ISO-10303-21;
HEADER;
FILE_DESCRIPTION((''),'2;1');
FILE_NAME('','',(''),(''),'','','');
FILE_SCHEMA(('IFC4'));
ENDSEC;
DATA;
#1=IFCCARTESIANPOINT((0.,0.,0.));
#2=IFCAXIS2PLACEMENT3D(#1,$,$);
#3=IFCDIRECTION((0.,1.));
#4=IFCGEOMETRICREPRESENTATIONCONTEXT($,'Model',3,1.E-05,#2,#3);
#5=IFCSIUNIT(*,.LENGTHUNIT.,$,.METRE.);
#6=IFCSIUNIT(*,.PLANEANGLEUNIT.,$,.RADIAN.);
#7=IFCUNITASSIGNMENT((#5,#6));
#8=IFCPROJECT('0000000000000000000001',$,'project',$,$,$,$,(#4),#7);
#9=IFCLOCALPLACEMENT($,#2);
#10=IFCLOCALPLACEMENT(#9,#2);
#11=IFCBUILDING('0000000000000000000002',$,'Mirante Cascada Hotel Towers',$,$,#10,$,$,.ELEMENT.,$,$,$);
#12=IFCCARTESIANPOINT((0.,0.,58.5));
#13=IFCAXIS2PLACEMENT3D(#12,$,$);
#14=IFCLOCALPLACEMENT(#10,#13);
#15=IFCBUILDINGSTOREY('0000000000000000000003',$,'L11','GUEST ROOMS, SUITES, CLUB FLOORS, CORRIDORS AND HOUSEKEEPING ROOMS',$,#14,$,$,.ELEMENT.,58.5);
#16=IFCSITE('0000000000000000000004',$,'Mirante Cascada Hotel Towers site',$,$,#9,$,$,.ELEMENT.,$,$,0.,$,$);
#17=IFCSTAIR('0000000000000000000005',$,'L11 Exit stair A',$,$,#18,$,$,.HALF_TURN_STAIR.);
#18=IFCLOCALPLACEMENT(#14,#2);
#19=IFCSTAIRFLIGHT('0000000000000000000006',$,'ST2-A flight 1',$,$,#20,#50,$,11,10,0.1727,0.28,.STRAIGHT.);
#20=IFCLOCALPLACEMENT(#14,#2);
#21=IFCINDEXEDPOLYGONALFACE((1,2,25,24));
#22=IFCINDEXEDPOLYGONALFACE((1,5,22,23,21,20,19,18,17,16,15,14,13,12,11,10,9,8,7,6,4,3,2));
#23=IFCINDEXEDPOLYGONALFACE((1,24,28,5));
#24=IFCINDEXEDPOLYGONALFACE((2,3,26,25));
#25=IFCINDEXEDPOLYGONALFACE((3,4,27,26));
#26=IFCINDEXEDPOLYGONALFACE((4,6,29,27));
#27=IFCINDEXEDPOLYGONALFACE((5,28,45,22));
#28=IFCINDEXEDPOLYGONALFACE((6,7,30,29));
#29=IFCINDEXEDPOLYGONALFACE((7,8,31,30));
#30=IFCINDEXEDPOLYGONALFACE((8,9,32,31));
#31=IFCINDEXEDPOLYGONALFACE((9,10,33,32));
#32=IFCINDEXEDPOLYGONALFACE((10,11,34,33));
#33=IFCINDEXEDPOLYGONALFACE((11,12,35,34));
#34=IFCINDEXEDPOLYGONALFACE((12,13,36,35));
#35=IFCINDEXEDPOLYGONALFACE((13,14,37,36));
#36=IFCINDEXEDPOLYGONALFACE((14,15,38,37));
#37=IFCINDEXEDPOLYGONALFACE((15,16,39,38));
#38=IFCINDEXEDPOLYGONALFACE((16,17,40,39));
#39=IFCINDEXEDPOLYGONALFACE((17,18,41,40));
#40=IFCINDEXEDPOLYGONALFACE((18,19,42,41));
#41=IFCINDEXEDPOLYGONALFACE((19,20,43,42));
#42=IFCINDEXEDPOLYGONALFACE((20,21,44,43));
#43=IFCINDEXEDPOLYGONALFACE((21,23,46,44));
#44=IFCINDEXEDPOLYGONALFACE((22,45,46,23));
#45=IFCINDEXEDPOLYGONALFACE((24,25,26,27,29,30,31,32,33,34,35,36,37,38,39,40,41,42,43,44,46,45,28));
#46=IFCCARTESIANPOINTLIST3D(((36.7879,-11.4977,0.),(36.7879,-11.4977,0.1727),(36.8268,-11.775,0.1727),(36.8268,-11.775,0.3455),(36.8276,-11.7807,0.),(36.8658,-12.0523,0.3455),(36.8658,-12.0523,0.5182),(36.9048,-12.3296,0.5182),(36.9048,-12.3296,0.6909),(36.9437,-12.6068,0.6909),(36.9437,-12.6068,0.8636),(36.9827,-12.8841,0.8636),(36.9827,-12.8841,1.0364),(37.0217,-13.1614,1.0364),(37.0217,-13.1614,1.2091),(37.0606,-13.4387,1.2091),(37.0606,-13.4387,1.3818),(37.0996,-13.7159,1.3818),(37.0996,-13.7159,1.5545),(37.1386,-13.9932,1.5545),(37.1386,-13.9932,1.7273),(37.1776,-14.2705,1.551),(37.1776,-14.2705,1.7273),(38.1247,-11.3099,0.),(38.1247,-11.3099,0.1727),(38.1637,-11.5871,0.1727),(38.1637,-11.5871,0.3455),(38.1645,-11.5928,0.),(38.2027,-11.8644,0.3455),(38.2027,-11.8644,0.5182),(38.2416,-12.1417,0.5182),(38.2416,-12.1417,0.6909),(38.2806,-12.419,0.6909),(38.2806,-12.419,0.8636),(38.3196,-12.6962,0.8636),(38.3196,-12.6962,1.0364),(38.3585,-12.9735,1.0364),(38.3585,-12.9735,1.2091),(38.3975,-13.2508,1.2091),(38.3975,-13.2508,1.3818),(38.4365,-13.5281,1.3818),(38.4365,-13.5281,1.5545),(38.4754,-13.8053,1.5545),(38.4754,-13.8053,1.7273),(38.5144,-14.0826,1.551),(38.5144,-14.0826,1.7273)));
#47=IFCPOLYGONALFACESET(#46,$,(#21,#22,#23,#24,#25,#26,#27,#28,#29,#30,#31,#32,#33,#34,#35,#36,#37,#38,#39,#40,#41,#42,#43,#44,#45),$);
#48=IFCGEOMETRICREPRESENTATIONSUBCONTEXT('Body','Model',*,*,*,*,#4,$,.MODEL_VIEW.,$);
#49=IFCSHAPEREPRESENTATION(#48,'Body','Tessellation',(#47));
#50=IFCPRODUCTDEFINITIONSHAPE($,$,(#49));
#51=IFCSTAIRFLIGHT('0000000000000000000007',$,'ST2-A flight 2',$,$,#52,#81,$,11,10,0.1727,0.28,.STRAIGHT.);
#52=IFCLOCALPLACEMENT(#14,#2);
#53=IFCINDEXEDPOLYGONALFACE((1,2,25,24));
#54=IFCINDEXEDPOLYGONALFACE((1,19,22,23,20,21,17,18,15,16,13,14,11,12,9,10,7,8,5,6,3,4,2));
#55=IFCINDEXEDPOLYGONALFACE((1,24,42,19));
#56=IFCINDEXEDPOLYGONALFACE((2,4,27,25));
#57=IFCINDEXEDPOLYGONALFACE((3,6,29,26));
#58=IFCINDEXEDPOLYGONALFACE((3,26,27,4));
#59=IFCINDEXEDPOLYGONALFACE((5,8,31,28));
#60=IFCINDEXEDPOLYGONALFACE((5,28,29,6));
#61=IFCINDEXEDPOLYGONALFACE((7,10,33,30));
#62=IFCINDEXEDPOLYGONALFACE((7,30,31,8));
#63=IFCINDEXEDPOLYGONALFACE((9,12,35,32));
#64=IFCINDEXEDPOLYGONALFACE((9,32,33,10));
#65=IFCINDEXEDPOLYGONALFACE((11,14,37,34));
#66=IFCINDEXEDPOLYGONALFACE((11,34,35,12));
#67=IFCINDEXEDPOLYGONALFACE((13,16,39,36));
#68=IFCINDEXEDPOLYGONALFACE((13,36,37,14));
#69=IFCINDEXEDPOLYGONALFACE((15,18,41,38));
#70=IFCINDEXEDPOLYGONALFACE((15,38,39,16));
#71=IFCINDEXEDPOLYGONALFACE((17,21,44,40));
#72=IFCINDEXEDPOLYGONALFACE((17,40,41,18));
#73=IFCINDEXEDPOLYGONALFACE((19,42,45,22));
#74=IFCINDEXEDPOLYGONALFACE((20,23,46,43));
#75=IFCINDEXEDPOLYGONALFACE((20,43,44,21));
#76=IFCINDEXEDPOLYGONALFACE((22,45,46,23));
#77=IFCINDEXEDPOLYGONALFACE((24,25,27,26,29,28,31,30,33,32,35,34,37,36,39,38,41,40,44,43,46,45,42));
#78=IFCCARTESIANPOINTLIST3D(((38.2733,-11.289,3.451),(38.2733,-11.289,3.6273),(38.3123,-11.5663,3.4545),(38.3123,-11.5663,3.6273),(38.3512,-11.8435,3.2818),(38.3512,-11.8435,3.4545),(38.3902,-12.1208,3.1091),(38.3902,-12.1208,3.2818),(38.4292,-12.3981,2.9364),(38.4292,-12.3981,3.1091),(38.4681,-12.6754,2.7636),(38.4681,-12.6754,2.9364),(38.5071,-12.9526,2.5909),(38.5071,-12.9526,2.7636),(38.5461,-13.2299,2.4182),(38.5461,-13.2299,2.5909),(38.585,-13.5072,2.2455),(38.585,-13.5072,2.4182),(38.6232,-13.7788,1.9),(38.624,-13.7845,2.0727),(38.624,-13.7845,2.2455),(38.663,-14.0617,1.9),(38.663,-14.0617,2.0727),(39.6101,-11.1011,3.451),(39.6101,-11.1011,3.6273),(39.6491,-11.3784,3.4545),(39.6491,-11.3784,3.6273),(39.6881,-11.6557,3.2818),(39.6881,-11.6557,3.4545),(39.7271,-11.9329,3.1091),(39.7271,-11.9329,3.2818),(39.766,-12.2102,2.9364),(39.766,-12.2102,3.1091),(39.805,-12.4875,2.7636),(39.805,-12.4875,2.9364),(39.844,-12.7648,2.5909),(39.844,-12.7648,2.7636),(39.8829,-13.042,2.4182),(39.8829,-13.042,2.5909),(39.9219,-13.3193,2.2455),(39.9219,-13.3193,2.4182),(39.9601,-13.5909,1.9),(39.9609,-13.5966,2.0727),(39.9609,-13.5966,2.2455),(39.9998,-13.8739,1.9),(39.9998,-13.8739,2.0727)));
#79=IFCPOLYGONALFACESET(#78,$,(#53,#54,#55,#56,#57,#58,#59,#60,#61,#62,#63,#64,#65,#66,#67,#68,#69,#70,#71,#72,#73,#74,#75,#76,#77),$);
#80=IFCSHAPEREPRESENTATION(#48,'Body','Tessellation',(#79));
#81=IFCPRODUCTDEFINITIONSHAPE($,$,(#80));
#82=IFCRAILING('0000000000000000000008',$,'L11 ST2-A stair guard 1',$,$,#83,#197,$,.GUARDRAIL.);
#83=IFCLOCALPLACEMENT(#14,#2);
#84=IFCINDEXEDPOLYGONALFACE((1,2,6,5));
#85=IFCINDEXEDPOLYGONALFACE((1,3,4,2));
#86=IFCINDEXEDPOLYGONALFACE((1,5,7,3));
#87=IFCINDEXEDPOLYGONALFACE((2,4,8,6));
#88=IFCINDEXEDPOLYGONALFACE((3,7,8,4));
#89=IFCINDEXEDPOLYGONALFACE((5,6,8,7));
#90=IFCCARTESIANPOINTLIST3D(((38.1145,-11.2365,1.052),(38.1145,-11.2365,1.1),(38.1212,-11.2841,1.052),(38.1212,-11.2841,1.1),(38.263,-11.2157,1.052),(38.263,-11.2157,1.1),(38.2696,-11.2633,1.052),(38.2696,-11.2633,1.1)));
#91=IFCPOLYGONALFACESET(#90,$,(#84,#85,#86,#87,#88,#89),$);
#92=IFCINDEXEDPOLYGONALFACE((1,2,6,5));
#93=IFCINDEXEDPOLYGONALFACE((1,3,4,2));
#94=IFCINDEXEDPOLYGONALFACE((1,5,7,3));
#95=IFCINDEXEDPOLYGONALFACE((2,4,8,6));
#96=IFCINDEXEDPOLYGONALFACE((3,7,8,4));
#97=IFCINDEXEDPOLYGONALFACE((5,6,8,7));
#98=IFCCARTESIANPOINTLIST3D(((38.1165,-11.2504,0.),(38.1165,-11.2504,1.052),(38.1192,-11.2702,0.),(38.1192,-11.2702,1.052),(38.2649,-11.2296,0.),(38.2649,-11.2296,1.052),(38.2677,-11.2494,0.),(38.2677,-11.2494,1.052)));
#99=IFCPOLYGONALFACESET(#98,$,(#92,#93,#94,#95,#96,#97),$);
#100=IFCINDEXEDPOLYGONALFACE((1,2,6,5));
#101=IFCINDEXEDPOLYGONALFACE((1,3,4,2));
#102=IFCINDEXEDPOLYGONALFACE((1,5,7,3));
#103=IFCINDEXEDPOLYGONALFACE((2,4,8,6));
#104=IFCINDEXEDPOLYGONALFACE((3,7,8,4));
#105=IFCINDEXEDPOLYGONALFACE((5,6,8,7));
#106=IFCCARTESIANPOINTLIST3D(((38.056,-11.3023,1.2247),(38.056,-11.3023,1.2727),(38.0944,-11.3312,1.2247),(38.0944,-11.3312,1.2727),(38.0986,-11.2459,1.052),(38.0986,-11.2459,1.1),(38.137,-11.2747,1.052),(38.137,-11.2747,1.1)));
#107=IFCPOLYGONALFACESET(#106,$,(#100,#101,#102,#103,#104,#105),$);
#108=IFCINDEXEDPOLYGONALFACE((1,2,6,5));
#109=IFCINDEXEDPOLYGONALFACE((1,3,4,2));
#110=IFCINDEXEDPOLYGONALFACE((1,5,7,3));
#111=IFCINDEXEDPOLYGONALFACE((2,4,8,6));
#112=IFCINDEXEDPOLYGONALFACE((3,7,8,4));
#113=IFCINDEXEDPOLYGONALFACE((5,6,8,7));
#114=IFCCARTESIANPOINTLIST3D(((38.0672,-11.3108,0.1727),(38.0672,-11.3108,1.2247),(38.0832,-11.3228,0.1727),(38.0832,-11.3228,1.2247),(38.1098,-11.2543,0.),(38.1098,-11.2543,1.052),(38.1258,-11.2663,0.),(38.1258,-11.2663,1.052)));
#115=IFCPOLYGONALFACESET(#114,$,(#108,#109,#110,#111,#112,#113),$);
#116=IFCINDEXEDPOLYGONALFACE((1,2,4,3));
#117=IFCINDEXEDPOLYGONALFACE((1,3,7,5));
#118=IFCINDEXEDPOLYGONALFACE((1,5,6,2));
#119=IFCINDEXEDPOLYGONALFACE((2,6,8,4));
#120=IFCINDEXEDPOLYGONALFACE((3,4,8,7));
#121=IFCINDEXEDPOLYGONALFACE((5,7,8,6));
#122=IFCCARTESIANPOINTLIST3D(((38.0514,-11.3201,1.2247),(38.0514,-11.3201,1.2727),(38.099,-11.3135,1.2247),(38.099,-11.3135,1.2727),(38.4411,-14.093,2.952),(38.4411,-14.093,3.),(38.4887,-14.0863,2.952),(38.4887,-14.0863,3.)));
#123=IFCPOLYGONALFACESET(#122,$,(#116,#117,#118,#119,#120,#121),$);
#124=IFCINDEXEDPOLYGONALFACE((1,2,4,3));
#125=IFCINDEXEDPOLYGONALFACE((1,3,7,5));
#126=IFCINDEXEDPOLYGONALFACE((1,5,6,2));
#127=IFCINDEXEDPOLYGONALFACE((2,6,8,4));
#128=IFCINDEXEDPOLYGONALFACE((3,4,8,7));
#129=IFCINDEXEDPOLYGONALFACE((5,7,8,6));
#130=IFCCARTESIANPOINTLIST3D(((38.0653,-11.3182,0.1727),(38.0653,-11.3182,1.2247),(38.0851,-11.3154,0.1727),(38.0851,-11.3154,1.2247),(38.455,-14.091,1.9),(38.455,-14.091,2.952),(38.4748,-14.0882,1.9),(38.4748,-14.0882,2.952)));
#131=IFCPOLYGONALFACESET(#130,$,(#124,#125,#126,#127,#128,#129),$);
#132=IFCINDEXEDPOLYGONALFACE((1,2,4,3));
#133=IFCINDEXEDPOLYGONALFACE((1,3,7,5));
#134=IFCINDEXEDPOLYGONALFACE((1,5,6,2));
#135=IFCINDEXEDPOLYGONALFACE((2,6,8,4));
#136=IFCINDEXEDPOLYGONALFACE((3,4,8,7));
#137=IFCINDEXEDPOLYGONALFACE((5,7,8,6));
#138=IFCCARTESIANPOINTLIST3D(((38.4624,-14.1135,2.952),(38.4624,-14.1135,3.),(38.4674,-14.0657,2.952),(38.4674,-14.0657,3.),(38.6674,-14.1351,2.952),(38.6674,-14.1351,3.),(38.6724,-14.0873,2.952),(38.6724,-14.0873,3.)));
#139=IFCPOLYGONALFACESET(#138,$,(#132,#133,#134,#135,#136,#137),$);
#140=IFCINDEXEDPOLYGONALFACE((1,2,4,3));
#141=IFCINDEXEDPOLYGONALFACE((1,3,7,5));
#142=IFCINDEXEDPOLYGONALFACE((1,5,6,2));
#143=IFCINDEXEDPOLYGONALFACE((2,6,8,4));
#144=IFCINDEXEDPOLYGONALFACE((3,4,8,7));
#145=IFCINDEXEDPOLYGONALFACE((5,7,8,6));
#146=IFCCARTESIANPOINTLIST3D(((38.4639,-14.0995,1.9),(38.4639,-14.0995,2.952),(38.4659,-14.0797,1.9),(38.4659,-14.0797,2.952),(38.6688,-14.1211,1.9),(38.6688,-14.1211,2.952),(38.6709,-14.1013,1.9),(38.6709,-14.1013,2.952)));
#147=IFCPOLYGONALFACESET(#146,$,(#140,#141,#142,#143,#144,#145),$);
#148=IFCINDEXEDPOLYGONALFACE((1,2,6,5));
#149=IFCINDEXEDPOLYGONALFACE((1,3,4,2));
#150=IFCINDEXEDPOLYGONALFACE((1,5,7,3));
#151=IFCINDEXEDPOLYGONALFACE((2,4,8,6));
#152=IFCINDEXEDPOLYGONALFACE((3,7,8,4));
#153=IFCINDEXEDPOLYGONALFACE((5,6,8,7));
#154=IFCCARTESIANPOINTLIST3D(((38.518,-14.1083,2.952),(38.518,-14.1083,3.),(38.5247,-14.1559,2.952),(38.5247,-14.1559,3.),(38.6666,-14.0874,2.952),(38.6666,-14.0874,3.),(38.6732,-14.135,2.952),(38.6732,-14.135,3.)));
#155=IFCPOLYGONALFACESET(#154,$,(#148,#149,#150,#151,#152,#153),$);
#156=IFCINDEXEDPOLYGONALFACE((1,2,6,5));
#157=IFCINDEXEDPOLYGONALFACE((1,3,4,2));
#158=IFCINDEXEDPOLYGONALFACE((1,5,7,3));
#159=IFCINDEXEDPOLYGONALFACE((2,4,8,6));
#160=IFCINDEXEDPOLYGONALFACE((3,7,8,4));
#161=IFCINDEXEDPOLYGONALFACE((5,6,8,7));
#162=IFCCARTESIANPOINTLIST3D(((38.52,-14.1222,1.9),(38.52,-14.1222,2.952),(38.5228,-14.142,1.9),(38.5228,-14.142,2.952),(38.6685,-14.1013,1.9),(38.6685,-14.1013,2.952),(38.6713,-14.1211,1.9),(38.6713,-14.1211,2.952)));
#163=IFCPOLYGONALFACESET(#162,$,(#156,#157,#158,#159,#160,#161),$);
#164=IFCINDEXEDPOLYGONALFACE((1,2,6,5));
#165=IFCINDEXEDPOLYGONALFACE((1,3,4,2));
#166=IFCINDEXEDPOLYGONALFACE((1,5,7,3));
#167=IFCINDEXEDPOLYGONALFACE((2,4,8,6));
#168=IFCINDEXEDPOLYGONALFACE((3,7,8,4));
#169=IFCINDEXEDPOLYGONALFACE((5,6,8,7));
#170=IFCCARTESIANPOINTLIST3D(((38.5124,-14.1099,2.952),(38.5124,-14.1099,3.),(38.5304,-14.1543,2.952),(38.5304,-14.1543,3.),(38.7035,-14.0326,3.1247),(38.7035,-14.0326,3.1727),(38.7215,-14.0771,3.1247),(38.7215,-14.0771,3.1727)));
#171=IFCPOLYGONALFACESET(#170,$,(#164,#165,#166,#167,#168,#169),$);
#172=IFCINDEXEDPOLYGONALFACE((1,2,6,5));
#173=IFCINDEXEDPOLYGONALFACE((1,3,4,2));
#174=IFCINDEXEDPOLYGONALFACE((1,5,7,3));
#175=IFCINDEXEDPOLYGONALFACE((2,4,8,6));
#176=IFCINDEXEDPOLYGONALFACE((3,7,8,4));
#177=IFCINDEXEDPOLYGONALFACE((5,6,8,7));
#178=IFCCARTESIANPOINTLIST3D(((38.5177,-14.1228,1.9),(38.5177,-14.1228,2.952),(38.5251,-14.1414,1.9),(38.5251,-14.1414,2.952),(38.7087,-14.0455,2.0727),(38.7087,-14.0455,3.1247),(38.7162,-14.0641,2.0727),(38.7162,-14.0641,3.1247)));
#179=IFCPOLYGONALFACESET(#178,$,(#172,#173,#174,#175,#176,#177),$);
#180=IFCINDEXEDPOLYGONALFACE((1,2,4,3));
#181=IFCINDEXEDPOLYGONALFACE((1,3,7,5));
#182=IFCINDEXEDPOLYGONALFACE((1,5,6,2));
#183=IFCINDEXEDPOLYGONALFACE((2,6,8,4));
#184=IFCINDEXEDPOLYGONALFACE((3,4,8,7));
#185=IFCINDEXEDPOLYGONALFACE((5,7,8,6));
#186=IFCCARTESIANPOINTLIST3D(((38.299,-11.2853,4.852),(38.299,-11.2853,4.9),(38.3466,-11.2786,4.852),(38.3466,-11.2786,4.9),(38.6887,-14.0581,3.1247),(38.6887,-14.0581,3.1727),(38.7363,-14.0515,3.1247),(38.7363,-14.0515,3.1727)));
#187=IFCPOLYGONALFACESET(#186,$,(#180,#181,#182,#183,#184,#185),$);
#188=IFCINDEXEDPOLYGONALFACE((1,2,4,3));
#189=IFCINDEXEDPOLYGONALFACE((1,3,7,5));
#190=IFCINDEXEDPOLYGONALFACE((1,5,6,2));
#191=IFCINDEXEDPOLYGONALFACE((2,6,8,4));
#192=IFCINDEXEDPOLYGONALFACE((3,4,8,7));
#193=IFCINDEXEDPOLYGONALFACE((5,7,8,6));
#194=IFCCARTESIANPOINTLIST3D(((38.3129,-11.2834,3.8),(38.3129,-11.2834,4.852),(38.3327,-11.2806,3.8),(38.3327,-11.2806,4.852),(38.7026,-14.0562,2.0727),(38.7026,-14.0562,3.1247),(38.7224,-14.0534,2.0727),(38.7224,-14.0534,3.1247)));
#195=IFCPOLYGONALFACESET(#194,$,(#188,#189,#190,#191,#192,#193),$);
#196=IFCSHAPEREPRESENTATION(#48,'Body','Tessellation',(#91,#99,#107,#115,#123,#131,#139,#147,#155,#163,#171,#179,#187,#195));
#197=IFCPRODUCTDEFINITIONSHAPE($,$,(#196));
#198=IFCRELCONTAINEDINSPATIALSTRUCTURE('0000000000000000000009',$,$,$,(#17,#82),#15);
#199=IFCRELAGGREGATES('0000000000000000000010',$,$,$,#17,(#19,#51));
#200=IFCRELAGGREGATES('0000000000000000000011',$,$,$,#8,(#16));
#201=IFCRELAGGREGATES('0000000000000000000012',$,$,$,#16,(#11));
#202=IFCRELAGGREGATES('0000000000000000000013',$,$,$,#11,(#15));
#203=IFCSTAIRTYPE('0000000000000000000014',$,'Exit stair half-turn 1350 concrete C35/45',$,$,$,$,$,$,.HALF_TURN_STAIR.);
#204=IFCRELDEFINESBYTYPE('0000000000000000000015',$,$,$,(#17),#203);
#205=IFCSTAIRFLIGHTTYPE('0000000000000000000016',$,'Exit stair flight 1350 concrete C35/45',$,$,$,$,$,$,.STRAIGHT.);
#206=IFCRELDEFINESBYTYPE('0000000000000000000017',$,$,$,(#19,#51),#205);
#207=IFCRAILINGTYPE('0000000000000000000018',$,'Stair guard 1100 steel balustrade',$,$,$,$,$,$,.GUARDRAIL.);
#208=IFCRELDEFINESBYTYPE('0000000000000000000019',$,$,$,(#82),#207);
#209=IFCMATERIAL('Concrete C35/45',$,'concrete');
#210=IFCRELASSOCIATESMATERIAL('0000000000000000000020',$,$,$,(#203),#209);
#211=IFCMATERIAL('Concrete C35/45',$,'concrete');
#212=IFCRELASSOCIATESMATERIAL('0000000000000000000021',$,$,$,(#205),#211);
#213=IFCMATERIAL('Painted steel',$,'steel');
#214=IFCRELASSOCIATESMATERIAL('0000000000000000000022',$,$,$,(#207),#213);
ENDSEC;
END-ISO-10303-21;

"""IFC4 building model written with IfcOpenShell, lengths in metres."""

from ifc_helpers import new_model, si_unit, direction, frame, origin, origin_2d, place, context, subcontext, project, spatial, polyline, rectangle, outline, extrude, material, type_object, element, aggregate, save


model = new_model("IFC4")

# Units and contexts
model_context = context("Model", 3, precision=1e-05, world=origin(), true_north=direction((0.0, 1.0)))
body_context = subcontext(model_context, "Body", "Model", "MODEL_VIEW")
ifc_project = project(units=[si_unit("LENGTHUNIT", "METRE"), si_unit("PLANEANGLEUNIT", "RADIAN")], contexts=[model_context])

# Site, building, storey
site_placement = place(None, origin())
site = spatial("IfcSite", under=ifc_project, at=site_placement, Name="Mirante Cascada Hotel Towers site", CompositionType="ELEMENT", RefElevation=0.0)
building_placement = place(site_placement, origin())
building = spatial("IfcBuilding", under=site, at=building_placement, Name="Mirante Cascada Hotel Towers", CompositionType="ELEMENT")
storey_placement = place(building_placement, frame((0.0, 0.0, 58.5)))
storey = spatial("IfcBuildingStorey", under=building, at=storey_placement, Name="L11", Description="GUEST ROOMS, SUITES, CLUB FLOORS, CORRIDORS AND HOUSEKEEPING ROOMS", CompositionType="ELEMENT", Elevation=58.5)

# Stair, stair flights
ifc_material_1 = material(Name="Concrete C35/45", Category="concrete")
stair_type = type_object("IfcStairType", Name="Exit stair half-turn 1350 concrete C35/45", PredefinedType="HALF_TURN_STAIR", material=ifc_material_1)
stair_placement = place(storey_placement, origin())
stair = element("IfcStair", 1, at=stair_placement, inside=storey, type_object=stair_type, Name="L11 Exit stair A", PredefinedType="HALF_TURN_STAIR")
ifc_material_2 = material(Name="Concrete C35/45", Category="concrete")
stair_flight_type = type_object("IfcStairFlightType", Name="Exit stair flight 1350 concrete C35/45", PredefinedType="STRAIGHT", material=ifc_material_2)
stair_flight_1_placement = place(storey_placement, frame((37.4563, -11.4038, 0.0), z_axis=(0.0, 0.0, 1.0), x_axis=(0.139173, -0.990268, 0.0)))
stair_flight_1 = element("IfcStairFlight", 2, at=stair_flight_1_placement, type_object=stair_flight_type, Name="ST2-A flight 1", NumberOfRisers=11, NumberOfTreads=10, PredefinedType="STRAIGHT", RiserHeight=0.1727, TreadLength=0.28, context=body_context, shape_type="SweptSolid", body=[
    extrude(outline(polyline([(0.0, 0.0), (0.0, 0.1727), (0.28, 0.1727), (0.28, 0.3455), (0.56, 0.3455), (0.56, 0.5182), (0.84, 0.5182), (0.84, 0.6909), (1.12, 0.6909), (1.12, 0.8636), (1.4, 0.8636), (1.4, 1.0364), (1.68, 1.0364), (1.68, 1.2091), (1.96, 1.2091), (1.96, 1.3818), (2.24, 1.3818), (2.24, 1.5545), (2.52, 1.5545), (2.52, 1.7273), (2.8, 1.7273), (2.8, 1.9), (2.8, 1.551), (0.2857, 0.0), (0.0, 0.0)])), frame((0.0, 0.675, 0.0), z_axis=(0.0, -1.0, 0.0), x_axis=(1.0, 0.0, 0.0)), (0.0, 0.0, 1.0), 1.35),
])
stair_flight_2_placement = place(storey_placement, frame((39.3314, -13.9678, 1.9), z_axis=(0.0, 0.0, 1.0), x_axis=(-0.139173, 0.990268, 0.0)))
stair_flight_2 = element("IfcStairFlight", 3, at=stair_flight_2_placement, type_object=stair_flight_type, Name="ST2-A flight 2", NumberOfRisers=11, NumberOfTreads=10, PredefinedType="STRAIGHT", RiserHeight=0.1727, TreadLength=0.28, context=body_context, shape_type="SweptSolid", body=[
    extrude(outline(polyline([(0.0, 0.0), (0.0, 0.1727), (0.28, 0.1727), (0.28, 0.3455), (0.56, 0.3455), (0.56, 0.5182), (0.84, 0.5182), (0.84, 0.6909), (1.12, 0.6909), (1.12, 0.8636), (1.4, 0.8636), (1.4, 1.0364), (1.68, 1.0364), (1.68, 1.2091), (1.96, 1.2091), (1.96, 1.3818), (2.24, 1.3818), (2.24, 1.5545), (2.52, 1.5545), (2.52, 1.7273), (2.8, 1.7273), (2.8, 1.9), (2.8, 1.551), (0.2857, 0.0), (0.0, 0.0)])), frame((0.0, 0.675, 0.0), z_axis=(0.0, -1.0, 0.0), x_axis=(1.0, 0.0, 0.0)), (0.0, 0.0, 1.0), 1.35),
])
aggregate(stair, [stair_flight_1, stair_flight_2])

# Railing
ifc_material_3 = material(Name="Painted steel", Category="steel")
railing_type_1 = type_object("IfcRailingType", Name="Stair guard 1100 steel balustrade", PredefinedType="GUARDRAIL", material=ifc_material_3)
railing_1_placement = place(storey_placement, frame((38.2663, -11.2395, 0.0)))
element("IfcRailing", 4, at=railing_1_placement, inside=storey, type_object=railing_type_1, Name="L11 ST2-A stair guard 1", PredefinedType="GUARDRAIL", context=body_context, shape_type="SweptSolid", body=[
    extrude(rectangle(XDim=0.048, YDim=0.048, at=origin_2d()), frame((0.0, 0.0, 1.076), z_axis=(-0.990333, -0.138713, 0.0), x_axis=(0.138713, -0.990333, 0.0)), (0.0, 0.0, 1.0), 0.1499),
    extrude(rectangle(XDim=0.02, YDim=1.052, at=origin_2d()), frame((0.0, 0.0, 0.526), z_axis=(-0.990333, -0.138713, 0.0), x_axis=(0.138713, -0.990333, 0.0)), (0.0, 0.0, 1.0), 0.1499),
    extrude(rectangle(XDim=0.048, YDim=0.048, at=origin_2d()), frame((-0.1485, -0.0208, 1.076), z_axis=(-0.602033, -0.798471, 0.0), x_axis=(0.798471, -0.602033, 0.0)), (0.0, 0.92534, 0.379139), 0.1866),
    extrude(rectangle(XDim=0.02, YDim=1.052, at=origin_2d()), frame((-0.1485, -0.0208, 0.526), z_axis=(-0.602033, -0.798471, 0.0), x_axis=(0.798471, -0.602033, 0.0)), (0.0, 0.92534, 0.379139), 0.1866),
    extrude(rectangle(XDim=0.048, YDim=0.048, at=origin_2d()), frame((-0.1911, -0.0773, 1.2487), z_axis=(0.139176, -0.990268, 0.0), x_axis=(0.990268, 0.139176, 0.0)), (0.0, 0.525021, 0.851089), 3.29),
    extrude(rectangle(XDim=0.02, YDim=1.052, at=origin_2d()), frame((-0.1911, -0.0773, 0.6987), z_axis=(0.139176, -0.990268, 0.0), x_axis=(0.990268, 0.139176, 0.0)), (0.0, 0.525021, 0.851089), 3.29),
    extrude(rectangle(XDim=0.048, YDim=0.048, at=origin_2d()), frame((0.1986, -2.8501, 2.976), z_axis=(0.994495, -0.104786, 0.0), x_axis=(0.104786, 0.994495, 0.0)), (0.0, 0.0, 1.0), 0.2061),
    extrude(rectangle(XDim=0.02, YDim=1.052, at=origin_2d()), frame((0.1986, -2.8501, 2.426), z_axis=(0.994495, -0.104786, 0.0), x_axis=(0.104786, 0.994495, 0.0)), (0.0, 0.0, 1.0), 0.2061),
    extrude(rectangle(XDim=0.048, YDim=0.048, at=origin_2d()), frame((0.4036, -2.8717, 2.976), z_axis=(-0.990241, -0.139367, 0.0), x_axis=(0.139367, -0.990241, 0.0)), (0.0, 0.0, 1.0), 0.15),
    extrude(rectangle(XDim=0.02, YDim=1.052, at=origin_2d()), frame((0.4036, -2.8717, 2.426), z_axis=(-0.990241, -0.139367, 0.0), x_axis=(0.139367, -0.990241, 0.0)), (0.0, 0.0, 1.0), 0.15),
    extrude(rectangle(XDim=0.048, YDim=0.048, at=origin_2d()), frame((0.2551, -2.8926, 2.976), z_axis=(0.927031, 0.374984, 0.0), x_axis=(-0.374984, 0.927031, 0.0)), (0.0, 0.64219, 0.766545), 0.2689),
    extrude(rectangle(XDim=0.02, YDim=1.052, at=origin_2d()), frame((0.2551, -2.8926, 2.426), z_axis=(0.927031, 0.374984, 0.0), x_axis=(-0.374984, 0.927031, 0.0)), (0.0, 0.64219, 0.766545), 0.2689),
    extrude(rectangle(XDim=0.048, YDim=0.048, at=origin_2d()), frame((0.4462, -2.8153, 3.1487), z_axis=(-0.139176, 0.990268, 0.0), x_axis=(-0.990268, -0.139176, 0.0)), (0.0, 0.525021, 0.851089), 3.29),
    extrude(rectangle(XDim=0.02, YDim=1.052, at=origin_2d()), frame((0.4462, -2.8153, 2.5987), z_axis=(-0.139176, 0.990268, 0.0), x_axis=(-0.990268, -0.139176, 0.0)), (0.0, 0.525021, 0.851089), 3.29),
])

save(model, "model.ifc")
